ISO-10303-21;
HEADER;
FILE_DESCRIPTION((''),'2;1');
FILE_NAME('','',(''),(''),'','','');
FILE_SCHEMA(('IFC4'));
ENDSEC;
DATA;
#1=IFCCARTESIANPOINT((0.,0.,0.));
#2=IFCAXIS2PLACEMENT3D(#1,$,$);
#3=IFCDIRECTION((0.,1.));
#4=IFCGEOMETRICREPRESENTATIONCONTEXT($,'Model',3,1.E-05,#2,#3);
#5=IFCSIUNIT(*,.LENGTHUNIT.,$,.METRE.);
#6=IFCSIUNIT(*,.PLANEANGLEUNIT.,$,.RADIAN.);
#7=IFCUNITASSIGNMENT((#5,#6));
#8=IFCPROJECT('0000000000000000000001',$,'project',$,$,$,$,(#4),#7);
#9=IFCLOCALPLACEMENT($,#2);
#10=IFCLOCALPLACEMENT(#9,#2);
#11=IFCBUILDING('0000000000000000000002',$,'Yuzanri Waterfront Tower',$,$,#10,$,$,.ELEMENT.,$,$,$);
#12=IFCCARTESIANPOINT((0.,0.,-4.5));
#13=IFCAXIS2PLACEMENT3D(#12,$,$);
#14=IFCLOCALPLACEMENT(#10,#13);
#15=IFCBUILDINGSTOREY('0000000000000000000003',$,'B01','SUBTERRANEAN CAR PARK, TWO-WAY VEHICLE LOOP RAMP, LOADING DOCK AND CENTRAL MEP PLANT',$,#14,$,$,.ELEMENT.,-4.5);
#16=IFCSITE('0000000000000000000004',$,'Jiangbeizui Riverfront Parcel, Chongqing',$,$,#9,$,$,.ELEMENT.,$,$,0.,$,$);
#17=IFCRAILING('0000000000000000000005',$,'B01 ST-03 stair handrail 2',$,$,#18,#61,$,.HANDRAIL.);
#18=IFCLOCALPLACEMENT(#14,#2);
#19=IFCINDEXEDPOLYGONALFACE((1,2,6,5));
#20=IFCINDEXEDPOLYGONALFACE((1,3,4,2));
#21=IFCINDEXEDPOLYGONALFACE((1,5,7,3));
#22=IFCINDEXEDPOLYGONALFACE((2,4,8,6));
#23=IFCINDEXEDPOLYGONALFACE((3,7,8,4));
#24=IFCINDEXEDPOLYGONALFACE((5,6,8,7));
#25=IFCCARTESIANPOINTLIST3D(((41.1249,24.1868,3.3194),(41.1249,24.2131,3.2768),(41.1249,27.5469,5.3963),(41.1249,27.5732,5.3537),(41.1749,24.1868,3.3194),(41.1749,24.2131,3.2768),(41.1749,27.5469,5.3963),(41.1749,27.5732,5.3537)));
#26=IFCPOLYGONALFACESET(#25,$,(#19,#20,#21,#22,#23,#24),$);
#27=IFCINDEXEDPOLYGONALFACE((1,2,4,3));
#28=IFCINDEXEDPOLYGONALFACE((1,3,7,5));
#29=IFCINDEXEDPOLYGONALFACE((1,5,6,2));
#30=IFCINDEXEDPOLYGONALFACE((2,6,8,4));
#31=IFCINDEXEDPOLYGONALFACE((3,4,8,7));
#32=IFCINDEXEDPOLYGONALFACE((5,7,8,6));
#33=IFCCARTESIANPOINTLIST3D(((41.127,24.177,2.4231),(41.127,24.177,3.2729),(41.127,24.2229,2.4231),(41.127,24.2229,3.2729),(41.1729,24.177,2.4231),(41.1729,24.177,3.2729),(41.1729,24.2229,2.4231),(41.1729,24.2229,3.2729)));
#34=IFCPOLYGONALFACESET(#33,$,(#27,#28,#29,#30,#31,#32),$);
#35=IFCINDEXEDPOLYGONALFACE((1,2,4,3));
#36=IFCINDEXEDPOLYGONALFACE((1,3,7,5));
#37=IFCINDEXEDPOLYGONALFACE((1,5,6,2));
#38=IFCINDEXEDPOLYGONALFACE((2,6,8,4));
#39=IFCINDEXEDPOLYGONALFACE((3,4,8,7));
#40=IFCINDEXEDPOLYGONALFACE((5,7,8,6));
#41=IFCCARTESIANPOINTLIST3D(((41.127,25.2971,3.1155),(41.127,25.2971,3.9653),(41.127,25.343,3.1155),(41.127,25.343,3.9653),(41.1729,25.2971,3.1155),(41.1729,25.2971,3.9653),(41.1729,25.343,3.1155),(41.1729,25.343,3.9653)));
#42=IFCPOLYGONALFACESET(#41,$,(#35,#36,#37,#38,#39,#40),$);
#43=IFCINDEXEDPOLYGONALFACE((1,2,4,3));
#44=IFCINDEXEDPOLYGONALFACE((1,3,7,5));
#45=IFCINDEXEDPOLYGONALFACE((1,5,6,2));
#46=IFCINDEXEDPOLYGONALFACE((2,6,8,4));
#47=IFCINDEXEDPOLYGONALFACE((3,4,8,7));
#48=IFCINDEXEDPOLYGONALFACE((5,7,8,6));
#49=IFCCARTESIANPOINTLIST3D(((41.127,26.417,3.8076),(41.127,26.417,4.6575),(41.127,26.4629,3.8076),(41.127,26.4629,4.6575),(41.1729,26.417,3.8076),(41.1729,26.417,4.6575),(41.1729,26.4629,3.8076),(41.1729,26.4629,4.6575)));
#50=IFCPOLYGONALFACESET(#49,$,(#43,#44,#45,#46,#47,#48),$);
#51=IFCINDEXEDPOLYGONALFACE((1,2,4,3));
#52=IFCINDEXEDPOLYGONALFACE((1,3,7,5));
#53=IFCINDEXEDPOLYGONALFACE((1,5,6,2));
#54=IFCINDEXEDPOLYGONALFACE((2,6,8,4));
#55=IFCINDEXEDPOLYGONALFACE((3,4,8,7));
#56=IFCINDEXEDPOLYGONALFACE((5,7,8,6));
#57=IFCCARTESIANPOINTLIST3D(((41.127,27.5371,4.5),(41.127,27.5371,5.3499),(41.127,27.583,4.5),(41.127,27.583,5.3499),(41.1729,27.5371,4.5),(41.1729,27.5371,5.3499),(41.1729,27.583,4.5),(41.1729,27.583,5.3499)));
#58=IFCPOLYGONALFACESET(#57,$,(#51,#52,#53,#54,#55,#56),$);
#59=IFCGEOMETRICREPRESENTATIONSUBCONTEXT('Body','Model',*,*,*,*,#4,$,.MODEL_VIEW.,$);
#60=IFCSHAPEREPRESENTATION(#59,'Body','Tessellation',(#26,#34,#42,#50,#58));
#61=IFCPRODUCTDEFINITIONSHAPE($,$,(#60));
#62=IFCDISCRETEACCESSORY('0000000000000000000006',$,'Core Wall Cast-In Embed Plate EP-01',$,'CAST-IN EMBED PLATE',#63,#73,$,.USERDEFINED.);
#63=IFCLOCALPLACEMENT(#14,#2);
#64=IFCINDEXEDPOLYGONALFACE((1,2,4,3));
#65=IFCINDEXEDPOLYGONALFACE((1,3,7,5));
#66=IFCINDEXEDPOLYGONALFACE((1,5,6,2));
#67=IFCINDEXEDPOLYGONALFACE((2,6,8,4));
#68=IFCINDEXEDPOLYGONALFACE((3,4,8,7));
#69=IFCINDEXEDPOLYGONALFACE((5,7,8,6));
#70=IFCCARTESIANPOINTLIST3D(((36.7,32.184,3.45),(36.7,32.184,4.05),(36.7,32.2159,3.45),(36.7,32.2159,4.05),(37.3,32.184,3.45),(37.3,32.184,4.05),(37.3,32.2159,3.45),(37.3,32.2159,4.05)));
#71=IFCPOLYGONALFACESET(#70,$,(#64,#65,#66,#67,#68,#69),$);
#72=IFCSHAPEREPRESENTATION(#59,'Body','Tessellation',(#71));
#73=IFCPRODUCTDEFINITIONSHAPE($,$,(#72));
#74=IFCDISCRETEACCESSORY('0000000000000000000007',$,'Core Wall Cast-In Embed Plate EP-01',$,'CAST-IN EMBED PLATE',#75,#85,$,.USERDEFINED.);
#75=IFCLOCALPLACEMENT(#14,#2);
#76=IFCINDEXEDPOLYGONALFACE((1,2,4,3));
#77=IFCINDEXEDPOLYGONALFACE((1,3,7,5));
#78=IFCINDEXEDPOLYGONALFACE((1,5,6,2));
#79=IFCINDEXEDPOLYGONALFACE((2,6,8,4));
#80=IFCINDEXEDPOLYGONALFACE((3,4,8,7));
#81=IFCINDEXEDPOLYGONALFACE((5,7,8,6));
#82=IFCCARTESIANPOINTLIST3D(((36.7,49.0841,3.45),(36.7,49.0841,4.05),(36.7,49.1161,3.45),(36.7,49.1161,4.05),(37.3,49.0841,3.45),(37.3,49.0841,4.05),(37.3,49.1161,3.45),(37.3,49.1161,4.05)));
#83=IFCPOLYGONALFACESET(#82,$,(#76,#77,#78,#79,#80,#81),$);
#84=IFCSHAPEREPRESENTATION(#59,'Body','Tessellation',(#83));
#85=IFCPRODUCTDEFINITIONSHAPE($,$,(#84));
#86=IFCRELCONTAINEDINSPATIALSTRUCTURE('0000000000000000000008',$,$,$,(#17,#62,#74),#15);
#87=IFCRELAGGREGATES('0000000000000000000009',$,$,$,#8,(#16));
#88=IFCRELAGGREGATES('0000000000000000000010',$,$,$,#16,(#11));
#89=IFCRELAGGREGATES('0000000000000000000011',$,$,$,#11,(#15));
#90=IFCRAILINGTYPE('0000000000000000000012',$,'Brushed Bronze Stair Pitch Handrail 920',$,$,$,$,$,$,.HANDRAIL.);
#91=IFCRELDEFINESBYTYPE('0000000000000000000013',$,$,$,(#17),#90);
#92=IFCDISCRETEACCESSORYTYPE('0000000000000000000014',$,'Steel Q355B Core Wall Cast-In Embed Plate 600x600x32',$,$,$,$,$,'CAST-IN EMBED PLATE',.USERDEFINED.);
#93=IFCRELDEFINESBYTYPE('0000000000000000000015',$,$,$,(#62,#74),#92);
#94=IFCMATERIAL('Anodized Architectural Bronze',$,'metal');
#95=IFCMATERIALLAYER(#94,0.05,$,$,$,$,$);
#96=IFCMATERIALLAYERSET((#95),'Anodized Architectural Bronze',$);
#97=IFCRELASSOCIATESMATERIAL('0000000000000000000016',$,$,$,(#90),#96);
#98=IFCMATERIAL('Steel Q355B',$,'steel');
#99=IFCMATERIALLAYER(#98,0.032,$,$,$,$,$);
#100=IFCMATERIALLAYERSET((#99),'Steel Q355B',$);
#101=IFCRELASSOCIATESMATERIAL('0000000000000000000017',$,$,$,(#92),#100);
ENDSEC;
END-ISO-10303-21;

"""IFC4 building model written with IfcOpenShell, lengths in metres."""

from ifc_helpers import new_model, si_unit, direction, frame, origin, origin_2d, place, context, subcontext, project, spatial, rectangle, extrude, source, transform, mapped, material, layer, layer_set, type_object, element, save


model = new_model("IFC4")

# Units and contexts
model_context = context("Model", 3, precision=1e-05, world=origin(), true_north=direction((0.0, 1.0)))
body_context = subcontext(model_context, "Body", "Model", "MODEL_VIEW")
ifc_project = project(units=[si_unit("LENGTHUNIT", "METRE"), si_unit("PLANEANGLEUNIT", "RADIAN")], contexts=[model_context])

# Site, building, storey
site_placement = place(None, origin())
site = spatial("IfcSite", under=ifc_project, at=site_placement, Name="Jiangbeizui Riverfront Parcel, Chongqing", CompositionType="ELEMENT", RefElevation=0.0)
building_placement = place(site_placement, origin())
building = spatial("IfcBuilding", under=site, at=building_placement, Name="Yuzanri Waterfront Tower", CompositionType="ELEMENT")
storey_placement = place(building_placement, frame((0.0, 0.0, -4.5)))
storey = spatial("IfcBuildingStorey", under=building, at=storey_placement, Name="B01", Description="SUBTERRANEAN CAR PARK, TWO-WAY VEHICLE LOOP RAMP, LOADING DOCK AND CENTRAL MEP PLANT", CompositionType="ELEMENT", Elevation=-4.5)

# Railing
ifc_material_1 = material(Name="Anodized Architectural Bronze", Category="metal")
ifc_layer_1 = layer(ifc_material_1, 0.05)
ifc_layer_set_1 = layer_set([ifc_layer_1], Name="Anodized Architectural Bronze")
railing_type_1 = type_object("IfcRailingType", Name="Brushed Bronze Stair Pitch Handrail 920", PredefinedType="HANDRAIL", material=ifc_layer_set_1)
shared_shape_1 = source(origin(), body_context, "Body", "SweptSolid", [
    extrude(rectangle(XDim=0.05, YDim=0.05, at=origin_2d()), frame((0.0, 0.0, 0.875), z_axis=(0.0, 0.850623, 0.525776), x_axis=(-1.0, 0.0, 0.0)), (0.0, 0.0, 1.0), 3.9502),
    extrude(rectangle(XDim=0.0459, YDim=0.0459, at=origin_2d()), origin(), (0.0, 0.0, 1.0), 0.8499),
    extrude(rectangle(XDim=0.0459, YDim=0.0459, at=origin_2d()), frame((0.0, 1.1201, 0.6924)), (0.0, 0.0, 1.0), 0.8499),
    extrude(rectangle(XDim=0.0459, YDim=0.0459, at=origin_2d()), frame((0.0, 2.24, 1.3845)), (0.0, 0.0, 1.0), 0.8499),
    extrude(rectangle(XDim=0.0459, YDim=0.0459, at=origin_2d()), frame((0.0, 3.3601, 2.0769)), (0.0, 0.0, 1.0), 0.8499),
])
railing_1_placement = place(storey_placement, frame((41.1499, 24.2, 2.4231)))
element("IfcRailing", 1, at=railing_1_placement, inside=storey, type_object=railing_type_1, Name="B01 ST-03 stair handrail 2", PredefinedType="HANDRAIL", context=body_context, shape_type="MappedRepresentation", body=[
    mapped(shared_shape_1, transform((0.0, 0.0, 0.0), scale=1.0)),
])

# Discrete accessories
ifc_material_2 = material(Name="Steel Q355B", Category="steel")
ifc_layer_2 = layer(ifc_material_2, 0.032)
ifc_layer_set_2 = layer_set([ifc_layer_2], Name="Steel Q355B")
discrete_accessory_type = type_object("IfcDiscreteAccessoryType", Name="Steel Q355B Core Wall Cast-In Embed Plate 600x600x32", ElementType="CAST-IN EMBED PLATE", PredefinedType="USERDEFINED", material=ifc_layer_set_2)
shared_shape_2 = source(origin(), body_context, "Body", "SweptSolid", [
    extrude(rectangle(XDim=0.6001, YDim=0.032, at=origin_2d()), origin(), (0.0, 0.0, 1.0), 0.6001),
])
for number, where, z_axis, x_axis, name in (
    (2, (37.0, 32.2, 3.45), (0.0, 0.0, 1.0), (1.0, 0.0, 0.0), "Core Wall Cast-In Embed Plate EP-01"),
    (3, (37.0, 49.1001, 3.45), (0.0, 0.0, 1.0), (1.0, 0.0, 0.0), "Core Wall Cast-In Embed Plate EP-01"),
):
    element("IfcDiscreteAccessory", number, at=place(storey_placement, frame(where, z_axis=z_axis, x_axis=x_axis)), inside=storey, type_object=discrete_accessory_type, Name=name, ObjectType="CAST-IN EMBED PLATE", PredefinedType="USERDEFINED", context=body_context, shape_type="MappedRepresentation", body=[
        mapped(shared_shape_2, transform((0.0, 0.0, 0.0), scale=1.0)),
    ])

save(model, "model.ifc")
